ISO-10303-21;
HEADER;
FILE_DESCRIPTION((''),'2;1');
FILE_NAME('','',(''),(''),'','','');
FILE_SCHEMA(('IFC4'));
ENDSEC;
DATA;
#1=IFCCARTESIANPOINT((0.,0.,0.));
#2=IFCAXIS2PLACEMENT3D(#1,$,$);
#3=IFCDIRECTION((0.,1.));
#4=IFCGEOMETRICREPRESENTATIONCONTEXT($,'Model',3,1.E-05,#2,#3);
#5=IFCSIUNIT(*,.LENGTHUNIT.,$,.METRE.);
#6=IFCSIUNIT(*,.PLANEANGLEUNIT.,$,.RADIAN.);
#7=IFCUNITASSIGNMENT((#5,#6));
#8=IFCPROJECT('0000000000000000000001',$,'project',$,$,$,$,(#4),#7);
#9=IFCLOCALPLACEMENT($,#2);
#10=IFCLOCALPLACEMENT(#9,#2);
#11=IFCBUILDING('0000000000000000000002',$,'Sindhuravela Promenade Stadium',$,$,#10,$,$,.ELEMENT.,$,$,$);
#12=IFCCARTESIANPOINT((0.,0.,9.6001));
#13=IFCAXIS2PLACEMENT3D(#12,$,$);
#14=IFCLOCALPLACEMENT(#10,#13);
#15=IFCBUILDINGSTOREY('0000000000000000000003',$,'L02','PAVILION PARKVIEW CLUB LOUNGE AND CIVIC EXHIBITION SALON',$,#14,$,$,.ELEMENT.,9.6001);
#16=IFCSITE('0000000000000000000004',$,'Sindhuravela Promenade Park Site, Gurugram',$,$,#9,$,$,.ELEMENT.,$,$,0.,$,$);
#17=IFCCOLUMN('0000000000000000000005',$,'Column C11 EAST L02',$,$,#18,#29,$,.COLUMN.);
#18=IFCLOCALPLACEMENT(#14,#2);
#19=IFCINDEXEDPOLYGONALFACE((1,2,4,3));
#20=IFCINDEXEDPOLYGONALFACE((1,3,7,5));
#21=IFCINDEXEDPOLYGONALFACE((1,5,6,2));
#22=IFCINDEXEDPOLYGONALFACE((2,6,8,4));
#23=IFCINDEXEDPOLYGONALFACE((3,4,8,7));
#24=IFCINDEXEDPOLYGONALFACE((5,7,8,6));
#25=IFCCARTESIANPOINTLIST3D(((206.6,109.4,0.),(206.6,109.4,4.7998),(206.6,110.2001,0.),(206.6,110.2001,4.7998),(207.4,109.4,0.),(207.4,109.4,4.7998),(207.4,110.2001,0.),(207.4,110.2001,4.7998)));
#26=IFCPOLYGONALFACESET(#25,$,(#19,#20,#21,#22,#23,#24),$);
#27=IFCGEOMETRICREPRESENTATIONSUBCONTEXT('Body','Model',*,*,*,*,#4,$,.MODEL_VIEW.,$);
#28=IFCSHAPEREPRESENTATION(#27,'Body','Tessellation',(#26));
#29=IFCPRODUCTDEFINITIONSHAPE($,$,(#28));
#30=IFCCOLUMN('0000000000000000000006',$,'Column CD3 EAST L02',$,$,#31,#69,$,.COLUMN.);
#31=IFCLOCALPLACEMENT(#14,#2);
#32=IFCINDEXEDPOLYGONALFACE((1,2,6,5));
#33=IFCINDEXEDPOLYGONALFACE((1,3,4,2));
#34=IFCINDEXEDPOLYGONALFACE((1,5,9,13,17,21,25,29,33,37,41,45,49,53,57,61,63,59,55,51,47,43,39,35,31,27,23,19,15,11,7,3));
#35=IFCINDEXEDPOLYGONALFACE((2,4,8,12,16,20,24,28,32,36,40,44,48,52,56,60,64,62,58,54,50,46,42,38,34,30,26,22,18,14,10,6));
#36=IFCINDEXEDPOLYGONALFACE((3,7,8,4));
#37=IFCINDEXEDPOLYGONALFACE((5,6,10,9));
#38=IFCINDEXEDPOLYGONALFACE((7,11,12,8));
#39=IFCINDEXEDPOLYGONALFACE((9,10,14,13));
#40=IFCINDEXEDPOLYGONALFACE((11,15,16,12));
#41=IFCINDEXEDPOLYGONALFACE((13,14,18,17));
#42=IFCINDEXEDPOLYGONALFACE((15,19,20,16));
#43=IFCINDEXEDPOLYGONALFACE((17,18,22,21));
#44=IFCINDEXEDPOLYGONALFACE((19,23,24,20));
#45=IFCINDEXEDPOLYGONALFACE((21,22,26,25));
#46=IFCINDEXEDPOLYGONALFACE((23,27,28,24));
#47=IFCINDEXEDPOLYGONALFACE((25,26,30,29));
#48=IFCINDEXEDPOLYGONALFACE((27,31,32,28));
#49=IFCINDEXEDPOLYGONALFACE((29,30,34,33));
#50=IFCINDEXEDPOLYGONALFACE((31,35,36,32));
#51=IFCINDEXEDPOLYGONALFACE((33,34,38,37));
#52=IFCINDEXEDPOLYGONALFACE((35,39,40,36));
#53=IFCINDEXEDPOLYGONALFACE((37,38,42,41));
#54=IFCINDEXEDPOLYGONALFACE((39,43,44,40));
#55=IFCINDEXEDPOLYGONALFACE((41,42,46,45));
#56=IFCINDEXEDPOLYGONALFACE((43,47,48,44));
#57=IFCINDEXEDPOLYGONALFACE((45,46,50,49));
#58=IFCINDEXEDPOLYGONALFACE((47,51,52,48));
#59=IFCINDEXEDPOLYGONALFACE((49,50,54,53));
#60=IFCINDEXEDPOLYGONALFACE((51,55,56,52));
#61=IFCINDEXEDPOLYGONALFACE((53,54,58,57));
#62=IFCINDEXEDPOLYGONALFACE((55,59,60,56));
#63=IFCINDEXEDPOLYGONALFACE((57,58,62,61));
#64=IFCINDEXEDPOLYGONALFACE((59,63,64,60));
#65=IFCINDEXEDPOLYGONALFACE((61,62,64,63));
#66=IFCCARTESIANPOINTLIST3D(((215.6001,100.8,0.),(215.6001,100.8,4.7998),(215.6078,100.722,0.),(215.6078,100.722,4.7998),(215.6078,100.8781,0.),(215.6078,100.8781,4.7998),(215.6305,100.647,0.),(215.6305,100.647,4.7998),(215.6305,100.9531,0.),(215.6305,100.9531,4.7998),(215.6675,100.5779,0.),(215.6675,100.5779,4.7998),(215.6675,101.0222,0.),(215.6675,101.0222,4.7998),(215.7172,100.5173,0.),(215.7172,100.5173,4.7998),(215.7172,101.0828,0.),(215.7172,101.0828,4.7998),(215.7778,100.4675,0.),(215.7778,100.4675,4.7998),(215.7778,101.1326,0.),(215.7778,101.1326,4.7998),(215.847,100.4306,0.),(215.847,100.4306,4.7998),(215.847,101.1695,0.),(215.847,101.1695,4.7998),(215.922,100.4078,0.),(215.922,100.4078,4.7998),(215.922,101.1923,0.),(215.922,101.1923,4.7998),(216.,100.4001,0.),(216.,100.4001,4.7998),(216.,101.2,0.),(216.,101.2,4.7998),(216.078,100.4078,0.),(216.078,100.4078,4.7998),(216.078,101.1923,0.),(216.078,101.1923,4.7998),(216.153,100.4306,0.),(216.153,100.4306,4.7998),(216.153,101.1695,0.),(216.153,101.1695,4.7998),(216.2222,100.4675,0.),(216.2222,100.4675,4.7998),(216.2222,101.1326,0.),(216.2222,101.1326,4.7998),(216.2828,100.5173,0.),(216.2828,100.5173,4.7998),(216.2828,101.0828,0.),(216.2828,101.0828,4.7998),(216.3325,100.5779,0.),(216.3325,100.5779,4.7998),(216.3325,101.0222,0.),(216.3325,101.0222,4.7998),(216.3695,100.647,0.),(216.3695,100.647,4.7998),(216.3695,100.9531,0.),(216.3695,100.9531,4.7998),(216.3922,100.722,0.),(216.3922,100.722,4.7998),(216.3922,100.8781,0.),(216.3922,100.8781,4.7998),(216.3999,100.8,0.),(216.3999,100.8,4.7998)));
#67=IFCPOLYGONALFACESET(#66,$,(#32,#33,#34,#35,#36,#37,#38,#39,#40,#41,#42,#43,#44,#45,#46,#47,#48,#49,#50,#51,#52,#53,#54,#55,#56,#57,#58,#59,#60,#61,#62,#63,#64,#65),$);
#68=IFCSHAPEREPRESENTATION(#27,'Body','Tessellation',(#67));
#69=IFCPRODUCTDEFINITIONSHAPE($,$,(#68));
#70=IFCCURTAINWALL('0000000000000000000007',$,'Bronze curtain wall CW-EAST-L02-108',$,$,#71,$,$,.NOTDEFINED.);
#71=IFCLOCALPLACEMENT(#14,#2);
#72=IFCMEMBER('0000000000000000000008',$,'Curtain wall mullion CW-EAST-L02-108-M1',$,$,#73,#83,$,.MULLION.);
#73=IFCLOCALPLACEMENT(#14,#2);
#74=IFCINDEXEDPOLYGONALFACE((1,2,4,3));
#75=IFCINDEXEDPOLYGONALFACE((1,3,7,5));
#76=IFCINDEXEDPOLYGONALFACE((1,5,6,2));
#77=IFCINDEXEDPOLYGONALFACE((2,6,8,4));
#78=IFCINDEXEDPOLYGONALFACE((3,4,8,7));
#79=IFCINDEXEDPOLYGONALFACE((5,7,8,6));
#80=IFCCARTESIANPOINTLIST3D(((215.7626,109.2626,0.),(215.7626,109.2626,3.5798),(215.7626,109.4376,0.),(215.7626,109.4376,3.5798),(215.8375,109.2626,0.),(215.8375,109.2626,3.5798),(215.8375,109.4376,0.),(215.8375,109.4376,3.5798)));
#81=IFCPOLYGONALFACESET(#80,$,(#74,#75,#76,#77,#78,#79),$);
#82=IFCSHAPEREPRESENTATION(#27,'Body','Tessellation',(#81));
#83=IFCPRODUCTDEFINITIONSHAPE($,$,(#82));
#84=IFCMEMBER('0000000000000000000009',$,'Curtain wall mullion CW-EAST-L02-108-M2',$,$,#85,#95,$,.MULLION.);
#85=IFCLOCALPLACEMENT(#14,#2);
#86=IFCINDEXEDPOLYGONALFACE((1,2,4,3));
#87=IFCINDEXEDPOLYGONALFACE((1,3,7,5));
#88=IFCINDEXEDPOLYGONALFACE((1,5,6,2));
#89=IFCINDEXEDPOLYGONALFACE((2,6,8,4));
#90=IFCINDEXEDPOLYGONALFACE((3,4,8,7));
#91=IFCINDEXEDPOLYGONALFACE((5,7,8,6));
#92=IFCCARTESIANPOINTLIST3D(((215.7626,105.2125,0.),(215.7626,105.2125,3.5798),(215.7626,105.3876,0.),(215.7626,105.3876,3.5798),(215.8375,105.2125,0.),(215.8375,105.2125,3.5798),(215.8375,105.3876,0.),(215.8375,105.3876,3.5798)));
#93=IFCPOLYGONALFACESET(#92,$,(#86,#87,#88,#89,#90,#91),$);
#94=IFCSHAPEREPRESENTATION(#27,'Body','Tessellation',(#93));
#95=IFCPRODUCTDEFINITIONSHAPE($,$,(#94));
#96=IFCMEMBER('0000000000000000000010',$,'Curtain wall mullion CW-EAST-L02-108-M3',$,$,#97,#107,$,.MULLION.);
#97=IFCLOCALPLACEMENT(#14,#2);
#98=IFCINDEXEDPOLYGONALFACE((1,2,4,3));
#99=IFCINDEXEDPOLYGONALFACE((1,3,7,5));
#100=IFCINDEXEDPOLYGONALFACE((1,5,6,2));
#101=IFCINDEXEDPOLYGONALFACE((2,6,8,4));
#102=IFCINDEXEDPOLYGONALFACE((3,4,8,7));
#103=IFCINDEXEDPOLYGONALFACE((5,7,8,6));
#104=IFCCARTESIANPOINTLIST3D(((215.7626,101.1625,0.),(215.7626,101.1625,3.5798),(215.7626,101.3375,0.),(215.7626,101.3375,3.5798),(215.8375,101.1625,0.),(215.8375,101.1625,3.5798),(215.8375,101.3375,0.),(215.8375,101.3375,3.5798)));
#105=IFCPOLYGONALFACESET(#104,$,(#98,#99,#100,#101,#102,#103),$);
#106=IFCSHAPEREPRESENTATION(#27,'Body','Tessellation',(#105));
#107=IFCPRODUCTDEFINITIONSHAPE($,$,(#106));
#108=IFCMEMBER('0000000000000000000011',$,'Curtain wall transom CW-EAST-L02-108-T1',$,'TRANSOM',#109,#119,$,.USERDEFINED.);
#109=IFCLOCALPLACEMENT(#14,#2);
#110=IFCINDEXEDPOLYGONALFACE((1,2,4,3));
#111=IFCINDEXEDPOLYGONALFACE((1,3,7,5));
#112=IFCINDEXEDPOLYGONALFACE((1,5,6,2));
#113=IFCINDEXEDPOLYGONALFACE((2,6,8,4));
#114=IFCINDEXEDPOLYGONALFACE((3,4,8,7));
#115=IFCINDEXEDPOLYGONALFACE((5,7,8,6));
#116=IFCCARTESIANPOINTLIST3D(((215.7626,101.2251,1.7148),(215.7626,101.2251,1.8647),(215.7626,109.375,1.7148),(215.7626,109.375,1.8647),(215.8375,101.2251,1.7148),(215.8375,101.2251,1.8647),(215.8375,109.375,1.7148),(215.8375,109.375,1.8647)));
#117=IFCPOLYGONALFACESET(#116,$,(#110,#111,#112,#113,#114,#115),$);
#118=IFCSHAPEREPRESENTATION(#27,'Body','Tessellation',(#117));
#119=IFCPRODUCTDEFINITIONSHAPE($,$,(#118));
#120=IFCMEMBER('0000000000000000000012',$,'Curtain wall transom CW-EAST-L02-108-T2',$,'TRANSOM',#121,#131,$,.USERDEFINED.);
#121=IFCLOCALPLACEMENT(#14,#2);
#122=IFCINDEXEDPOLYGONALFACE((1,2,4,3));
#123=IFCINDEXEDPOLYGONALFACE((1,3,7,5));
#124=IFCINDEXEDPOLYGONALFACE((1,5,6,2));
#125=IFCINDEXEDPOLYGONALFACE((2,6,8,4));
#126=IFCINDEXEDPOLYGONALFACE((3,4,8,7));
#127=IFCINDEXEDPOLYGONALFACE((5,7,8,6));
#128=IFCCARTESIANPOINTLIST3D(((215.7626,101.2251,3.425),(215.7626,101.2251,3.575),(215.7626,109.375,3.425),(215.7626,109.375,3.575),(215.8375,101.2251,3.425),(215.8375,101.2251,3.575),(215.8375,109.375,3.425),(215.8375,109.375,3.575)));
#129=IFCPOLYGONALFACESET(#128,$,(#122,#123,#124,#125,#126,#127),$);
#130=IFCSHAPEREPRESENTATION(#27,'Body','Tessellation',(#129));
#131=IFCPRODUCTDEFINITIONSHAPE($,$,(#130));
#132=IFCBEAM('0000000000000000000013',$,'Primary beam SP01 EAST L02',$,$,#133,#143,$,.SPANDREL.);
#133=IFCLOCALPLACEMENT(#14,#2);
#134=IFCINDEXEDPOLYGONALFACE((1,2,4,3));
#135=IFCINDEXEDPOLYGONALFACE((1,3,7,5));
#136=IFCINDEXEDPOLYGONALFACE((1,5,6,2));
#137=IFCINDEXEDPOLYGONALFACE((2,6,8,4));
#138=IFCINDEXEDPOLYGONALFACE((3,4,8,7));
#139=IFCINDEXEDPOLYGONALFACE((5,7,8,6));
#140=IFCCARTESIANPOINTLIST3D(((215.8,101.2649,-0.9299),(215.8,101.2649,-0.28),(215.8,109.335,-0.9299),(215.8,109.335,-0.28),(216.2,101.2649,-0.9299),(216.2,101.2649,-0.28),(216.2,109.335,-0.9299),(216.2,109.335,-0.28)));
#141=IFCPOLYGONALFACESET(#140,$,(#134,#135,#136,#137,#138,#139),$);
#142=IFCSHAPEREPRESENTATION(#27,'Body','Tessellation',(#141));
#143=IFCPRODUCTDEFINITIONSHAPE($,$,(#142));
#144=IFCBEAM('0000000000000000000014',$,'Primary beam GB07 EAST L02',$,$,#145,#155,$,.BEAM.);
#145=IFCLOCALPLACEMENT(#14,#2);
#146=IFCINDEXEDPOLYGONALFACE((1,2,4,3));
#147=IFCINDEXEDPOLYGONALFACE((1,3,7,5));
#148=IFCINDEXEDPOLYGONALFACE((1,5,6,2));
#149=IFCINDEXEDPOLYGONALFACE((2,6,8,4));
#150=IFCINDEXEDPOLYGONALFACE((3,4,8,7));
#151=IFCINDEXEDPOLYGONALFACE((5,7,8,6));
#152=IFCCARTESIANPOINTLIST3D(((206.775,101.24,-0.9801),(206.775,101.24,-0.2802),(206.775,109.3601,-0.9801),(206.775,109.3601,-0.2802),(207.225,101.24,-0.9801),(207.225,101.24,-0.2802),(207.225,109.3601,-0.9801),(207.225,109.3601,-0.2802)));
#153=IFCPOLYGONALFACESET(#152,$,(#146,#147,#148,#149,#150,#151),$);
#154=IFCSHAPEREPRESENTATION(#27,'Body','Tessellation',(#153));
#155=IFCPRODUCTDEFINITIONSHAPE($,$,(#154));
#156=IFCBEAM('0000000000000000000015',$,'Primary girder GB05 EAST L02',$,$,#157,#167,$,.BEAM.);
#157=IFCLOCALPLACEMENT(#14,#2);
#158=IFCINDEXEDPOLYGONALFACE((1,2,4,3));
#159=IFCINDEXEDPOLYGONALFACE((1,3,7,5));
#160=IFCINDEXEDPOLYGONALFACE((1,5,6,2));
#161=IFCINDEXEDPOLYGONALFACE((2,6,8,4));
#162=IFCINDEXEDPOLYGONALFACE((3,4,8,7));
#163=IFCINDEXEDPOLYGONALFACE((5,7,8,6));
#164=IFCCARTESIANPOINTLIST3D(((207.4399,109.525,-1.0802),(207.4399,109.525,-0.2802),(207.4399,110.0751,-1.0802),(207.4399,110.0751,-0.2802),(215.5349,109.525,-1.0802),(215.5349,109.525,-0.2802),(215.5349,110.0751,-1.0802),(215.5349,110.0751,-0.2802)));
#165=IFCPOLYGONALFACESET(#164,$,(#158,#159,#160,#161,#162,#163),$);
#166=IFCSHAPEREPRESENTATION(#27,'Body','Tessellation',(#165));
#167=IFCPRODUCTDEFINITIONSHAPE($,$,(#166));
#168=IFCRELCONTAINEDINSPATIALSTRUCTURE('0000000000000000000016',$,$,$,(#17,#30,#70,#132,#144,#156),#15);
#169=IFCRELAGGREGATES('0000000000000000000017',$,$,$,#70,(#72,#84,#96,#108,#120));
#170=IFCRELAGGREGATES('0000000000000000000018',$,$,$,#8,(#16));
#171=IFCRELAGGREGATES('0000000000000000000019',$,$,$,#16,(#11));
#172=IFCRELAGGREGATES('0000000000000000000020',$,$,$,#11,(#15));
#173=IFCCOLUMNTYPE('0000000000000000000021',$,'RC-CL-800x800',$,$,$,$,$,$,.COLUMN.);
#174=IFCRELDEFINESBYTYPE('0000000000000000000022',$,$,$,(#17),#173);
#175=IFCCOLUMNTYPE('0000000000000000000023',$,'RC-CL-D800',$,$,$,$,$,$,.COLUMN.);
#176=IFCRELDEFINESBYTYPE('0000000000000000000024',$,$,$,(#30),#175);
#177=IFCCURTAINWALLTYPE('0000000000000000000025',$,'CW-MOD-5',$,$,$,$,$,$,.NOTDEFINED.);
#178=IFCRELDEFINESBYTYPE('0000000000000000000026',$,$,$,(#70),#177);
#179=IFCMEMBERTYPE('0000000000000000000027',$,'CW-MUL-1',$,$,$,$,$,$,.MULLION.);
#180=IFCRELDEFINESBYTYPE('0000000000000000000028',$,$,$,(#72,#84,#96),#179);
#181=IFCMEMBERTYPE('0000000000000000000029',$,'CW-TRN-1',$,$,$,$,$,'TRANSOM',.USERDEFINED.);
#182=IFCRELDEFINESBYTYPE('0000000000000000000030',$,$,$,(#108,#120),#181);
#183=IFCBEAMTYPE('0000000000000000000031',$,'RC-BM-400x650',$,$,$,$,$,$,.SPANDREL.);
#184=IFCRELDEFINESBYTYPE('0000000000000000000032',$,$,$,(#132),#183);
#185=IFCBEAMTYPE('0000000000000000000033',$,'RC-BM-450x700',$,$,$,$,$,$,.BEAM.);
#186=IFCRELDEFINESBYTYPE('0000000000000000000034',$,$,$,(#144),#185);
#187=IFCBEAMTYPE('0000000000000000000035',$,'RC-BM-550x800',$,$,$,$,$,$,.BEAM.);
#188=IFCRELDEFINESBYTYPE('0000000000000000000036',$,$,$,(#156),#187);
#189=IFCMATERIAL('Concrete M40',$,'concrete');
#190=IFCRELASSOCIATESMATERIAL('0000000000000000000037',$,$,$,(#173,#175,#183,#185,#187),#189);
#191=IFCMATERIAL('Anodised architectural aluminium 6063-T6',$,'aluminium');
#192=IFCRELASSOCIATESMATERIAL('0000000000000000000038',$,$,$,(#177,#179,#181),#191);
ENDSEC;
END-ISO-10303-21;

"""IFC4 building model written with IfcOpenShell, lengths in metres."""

from ifc_helpers import new_model, si_unit, direction, frame, origin, origin_2d, place, context, subcontext, project, spatial, rectangle, circle, extrude, material, material_profile, profile_set, type_object, element, aggregate, save


model = new_model("IFC4")

# Units and contexts
model_context = context("Model", 3, precision=1e-05, world=origin(), true_north=direction((0.0, 1.0)))
body_context = subcontext(model_context, "Body", "Model", "MODEL_VIEW")
ifc_project = project(units=[si_unit("LENGTHUNIT", "METRE"), si_unit("PLANEANGLEUNIT", "RADIAN")], contexts=[model_context])

# Site, building, storey
site_placement = place(None, origin())
site = spatial("IfcSite", under=ifc_project, at=site_placement, Name="Sindhuravela Promenade Park Site, Gurugram", CompositionType="ELEMENT", RefElevation=0.0)
building_placement = place(site_placement, origin())
building = spatial("IfcBuilding", under=site, at=building_placement, Name="Sindhuravela Promenade Stadium", CompositionType="ELEMENT")
storey_placement = place(building_placement, frame((0.0, 0.0, 9.6001)))
storey = spatial("IfcBuildingStorey", under=building, at=storey_placement, Name="L02", Description="PAVILION PARKVIEW CLUB LOUNGE AND CIVIC EXHIBITION SALON", CompositionType="ELEMENT", Elevation=9.6001)

# Columns
ifc_material_1 = material(Name="Concrete M40", Category="concrete")
ifc_material_profile_1 = material_profile(ifc_material_1, rectangle(XDim=0.8, YDim=0.8, at=origin_2d()), Name="RC 800x800")
ifc_profile_set_1 = profile_set([ifc_material_profile_1], Name="Concrete M40")
column_type_1 = type_object("IfcColumnType", Name="RC-CL-800x800", PredefinedType="COLUMN", material=ifc_profile_set_1)
column_1_placement = place(storey_placement, frame((207.0, 109.8, 0.0), z_axis=(0.0, 0.0, 1.0), x_axis=(1.0, 0.0, 0.0)))
element("IfcColumn", 1, at=column_1_placement, inside=storey, type_object=column_type_1, Name="Column C11 EAST L02", PredefinedType="COLUMN", context=body_context, shape_type="SweptSolid", body=[
    extrude(rectangle(XDim=0.8, YDim=0.8, at=origin_2d()), origin(), (0.0, 0.0, 1.0), 4.7998),
])
ifc_material_profile_2 = material_profile(ifc_material_1, circle(Radius=0.3999, at=origin_2d()), Name="RC D800")
ifc_profile_set_2 = profile_set([ifc_material_profile_2], Name="Concrete M40")
column_type_2 = type_object("IfcColumnType", Name="RC-CL-D800", PredefinedType="COLUMN", material=ifc_profile_set_2)
column_2_placement = place(storey_placement, frame((216.0, 100.8, 0.0), z_axis=(0.0, 0.0, 1.0), x_axis=(1.0, 0.0, 0.0)))
element("IfcColumn", 2, at=column_2_placement, inside=storey, type_object=column_type_2, Name="Column CD3 EAST L02", PredefinedType="COLUMN", context=body_context, shape_type="SweptSolid", body=[
    extrude(circle(Radius=0.3999, at=origin_2d()), origin(), (0.0, 0.0, 1.0), 4.7998),
])

# Curtain wall, members
ifc_material_2 = material(Name="Anodised architectural aluminium 6063-T6", Category="aluminium")
curtain_wall_type = type_object("IfcCurtainWallType", Name="CW-MOD-5", PredefinedType="NOTDEFINED", material=ifc_material_2)
curtain_wall_placement = place(storey_placement, origin())
curtain_wall = element("IfcCurtainWall", 3, at=curtain_wall_placement, inside=storey, type_object=curtain_wall_type, Name="Bronze curtain wall CW-EAST-L02-108", PredefinedType="NOTDEFINED")
ifc_material_profile_3 = material_profile(ifc_material_2, rectangle(XDim=0.075, YDim=0.175, at=origin_2d()), Name="ALU MULL 75x175")
ifc_profile_set_3 = profile_set([ifc_material_profile_3], Name="Anodised architectural aluminium 6063-T6")
member_type_1 = type_object("IfcMemberType", Name="CW-MUL-1", PredefinedType="MULLION", material=ifc_profile_set_3)
member_1_placement = place(storey_placement, frame((215.8, 109.3501, 0.0), z_axis=(0.0, 0.0, 1.0), x_axis=(1.0, 0.0, 0.0)))
member_1 = element("IfcMember", 4, at=member_1_placement, type_object=member_type_1, Name="Curtain wall mullion CW-EAST-L02-108-M1", PredefinedType="MULLION", context=body_context, shape_type="SweptSolid", body=[
    extrude(rectangle(XDim=0.075, YDim=0.175, at=origin_2d()), origin(), (0.0, 0.0, 1.0), 3.5798),
])
member_2_placement = place(storey_placement, frame((215.8, 105.3, 0.0), z_axis=(0.0, 0.0, 1.0), x_axis=(1.0, 0.0, 0.0)))
member_2 = element("IfcMember", 5, at=member_2_placement, type_object=member_type_1, Name="Curtain wall mullion CW-EAST-L02-108-M2", PredefinedType="MULLION", context=body_context, shape_type="SweptSolid", body=[
    extrude(rectangle(XDim=0.075, YDim=0.175, at=origin_2d()), origin(), (0.0, 0.0, 1.0), 3.5798),
])
member_3_placement = place(storey_placement, frame((215.8, 101.25, 0.0), z_axis=(0.0, 0.0, 1.0), x_axis=(1.0, 0.0, 0.0)))
member_3 = element("IfcMember", 6, at=member_3_placement, type_object=member_type_1, Name="Curtain wall mullion CW-EAST-L02-108-M3", PredefinedType="MULLION", context=body_context, shape_type="SweptSolid", body=[
    extrude(rectangle(XDim=0.075, YDim=0.175, at=origin_2d()), origin(), (0.0, 0.0, 1.0), 3.5798),
])
ifc_material_profile_4 = material_profile(ifc_material_2, rectangle(XDim=0.075, YDim=0.1499, at=origin_2d()), Name="ALU TRAN 75x150")
ifc_profile_set_4 = profile_set([ifc_material_profile_4], Name="Anodised architectural aluminium 6063-T6")
member_type_2 = type_object("IfcMemberType", Name="CW-TRN-1", ElementType="TRANSOM", PredefinedType="USERDEFINED", material=ifc_profile_set_4)
member_4_placement = place(storey_placement, frame((215.8, 109.375, 1.7898), z_axis=(0.0, -1.0, 0.0), x_axis=(1.0, 0.0, 0.0)))
member_4 = element("IfcMember", 7, at=member_4_placement, type_object=member_type_2, Name="Curtain wall transom CW-EAST-L02-108-T1", ObjectType="TRANSOM", PredefinedType="USERDEFINED", context=body_context, shape_type="SweptSolid", body=[
    extrude(rectangle(XDim=0.075, YDim=0.1499, at=origin_2d()), origin(), (0.0, 0.0, 1.0), 8.1499),
])
member_5_placement = place(storey_placement, frame((215.8, 109.375, 3.5), z_axis=(0.0, -1.0, 0.0), x_axis=(1.0, 0.0, 0.0)))
member_5 = element("IfcMember", 8, at=member_5_placement, type_object=member_type_2, Name="Curtain wall transom CW-EAST-L02-108-T2", ObjectType="TRANSOM", PredefinedType="USERDEFINED", context=body_context, shape_type="SweptSolid", body=[
    extrude(rectangle(XDim=0.075, YDim=0.1499, at=origin_2d()), origin(), (0.0, 0.0, 1.0), 8.1499),
])

# Beams
ifc_material_profile_5 = material_profile(ifc_material_1, rectangle(XDim=0.3999, YDim=0.6499, at=origin_2d()), Name="RC 400x650")
ifc_profile_set_5 = profile_set([ifc_material_profile_5], Name="Concrete M40")
beam_type_1 = type_object("IfcBeamType", Name="RC-BM-400x650", PredefinedType="SPANDREL", material=ifc_profile_set_5)
beam_1_placement = place(storey_placement, frame((216.0, 101.2649, -0.605), z_axis=(0.0, 1.0, 0.0), x_axis=(-1.0, 0.0, 0.0)))
element("IfcBeam", 9, at=beam_1_placement, inside=storey, type_object=beam_type_1, Name="Primary beam SP01 EAST L02", PredefinedType="SPANDREL", context=body_context, shape_type="SweptSolid", body=[
    extrude(rectangle(XDim=0.3999, YDim=0.6499, at=origin_2d()), origin(), (0.0, 0.0, 1.0), 8.0701),
])
ifc_material_profile_6 = material_profile(ifc_material_1, rectangle(XDim=0.45, YDim=0.7, at=origin_2d()), Name="RC 450x700")
ifc_profile_set_6 = profile_set([ifc_material_profile_6], Name="Concrete M40")
beam_type_2 = type_object("IfcBeamType", Name="RC-BM-450x700", PredefinedType="BEAM", material=ifc_profile_set_6)
beam_2_placement = place(storey_placement, frame((207.0, 101.24, -0.6301), z_axis=(0.0, 1.0, 0.0), x_axis=(-1.0, 0.0, 0.0)))
element("IfcBeam", 10, at=beam_2_placement, inside=storey, type_object=beam_type_2, Name="Primary beam GB07 EAST L02", PredefinedType="BEAM", context=body_context, shape_type="SweptSolid", body=[
    extrude(rectangle(XDim=0.45, YDim=0.7, at=origin_2d()), origin(), (0.0, 0.0, 1.0), 8.1201),
])
ifc_material_profile_7 = material_profile(ifc_material_1, rectangle(XDim=0.55, YDim=0.8, at=origin_2d()), Name="RC 550x800")
ifc_profile_set_7 = profile_set([ifc_material_profile_7], Name="Concrete M40")
beam_type_3 = type_object("IfcBeamType", Name="RC-BM-550x800", PredefinedType="BEAM", material=ifc_profile_set_7)
beam_3_placement = place(storey_placement, frame((207.4399, 109.8, -0.6802), z_axis=(1.0, 0.0, 0.0), x_axis=(0.0, 1.0, 0.0)))
element("IfcBeam", 11, at=beam_3_placement, inside=storey, type_object=beam_type_3, Name="Primary girder GB05 EAST L02", PredefinedType="BEAM", context=body_context, shape_type="SweptSolid", body=[
    extrude(rectangle(XDim=0.55, YDim=0.8, at=origin_2d()), origin(), (0.0, 0.0, 1.0), 8.095),
])

aggregate(curtain_wall, [member_1, member_2, member_3, member_4, member_5])

save(model, "model.ifc")
